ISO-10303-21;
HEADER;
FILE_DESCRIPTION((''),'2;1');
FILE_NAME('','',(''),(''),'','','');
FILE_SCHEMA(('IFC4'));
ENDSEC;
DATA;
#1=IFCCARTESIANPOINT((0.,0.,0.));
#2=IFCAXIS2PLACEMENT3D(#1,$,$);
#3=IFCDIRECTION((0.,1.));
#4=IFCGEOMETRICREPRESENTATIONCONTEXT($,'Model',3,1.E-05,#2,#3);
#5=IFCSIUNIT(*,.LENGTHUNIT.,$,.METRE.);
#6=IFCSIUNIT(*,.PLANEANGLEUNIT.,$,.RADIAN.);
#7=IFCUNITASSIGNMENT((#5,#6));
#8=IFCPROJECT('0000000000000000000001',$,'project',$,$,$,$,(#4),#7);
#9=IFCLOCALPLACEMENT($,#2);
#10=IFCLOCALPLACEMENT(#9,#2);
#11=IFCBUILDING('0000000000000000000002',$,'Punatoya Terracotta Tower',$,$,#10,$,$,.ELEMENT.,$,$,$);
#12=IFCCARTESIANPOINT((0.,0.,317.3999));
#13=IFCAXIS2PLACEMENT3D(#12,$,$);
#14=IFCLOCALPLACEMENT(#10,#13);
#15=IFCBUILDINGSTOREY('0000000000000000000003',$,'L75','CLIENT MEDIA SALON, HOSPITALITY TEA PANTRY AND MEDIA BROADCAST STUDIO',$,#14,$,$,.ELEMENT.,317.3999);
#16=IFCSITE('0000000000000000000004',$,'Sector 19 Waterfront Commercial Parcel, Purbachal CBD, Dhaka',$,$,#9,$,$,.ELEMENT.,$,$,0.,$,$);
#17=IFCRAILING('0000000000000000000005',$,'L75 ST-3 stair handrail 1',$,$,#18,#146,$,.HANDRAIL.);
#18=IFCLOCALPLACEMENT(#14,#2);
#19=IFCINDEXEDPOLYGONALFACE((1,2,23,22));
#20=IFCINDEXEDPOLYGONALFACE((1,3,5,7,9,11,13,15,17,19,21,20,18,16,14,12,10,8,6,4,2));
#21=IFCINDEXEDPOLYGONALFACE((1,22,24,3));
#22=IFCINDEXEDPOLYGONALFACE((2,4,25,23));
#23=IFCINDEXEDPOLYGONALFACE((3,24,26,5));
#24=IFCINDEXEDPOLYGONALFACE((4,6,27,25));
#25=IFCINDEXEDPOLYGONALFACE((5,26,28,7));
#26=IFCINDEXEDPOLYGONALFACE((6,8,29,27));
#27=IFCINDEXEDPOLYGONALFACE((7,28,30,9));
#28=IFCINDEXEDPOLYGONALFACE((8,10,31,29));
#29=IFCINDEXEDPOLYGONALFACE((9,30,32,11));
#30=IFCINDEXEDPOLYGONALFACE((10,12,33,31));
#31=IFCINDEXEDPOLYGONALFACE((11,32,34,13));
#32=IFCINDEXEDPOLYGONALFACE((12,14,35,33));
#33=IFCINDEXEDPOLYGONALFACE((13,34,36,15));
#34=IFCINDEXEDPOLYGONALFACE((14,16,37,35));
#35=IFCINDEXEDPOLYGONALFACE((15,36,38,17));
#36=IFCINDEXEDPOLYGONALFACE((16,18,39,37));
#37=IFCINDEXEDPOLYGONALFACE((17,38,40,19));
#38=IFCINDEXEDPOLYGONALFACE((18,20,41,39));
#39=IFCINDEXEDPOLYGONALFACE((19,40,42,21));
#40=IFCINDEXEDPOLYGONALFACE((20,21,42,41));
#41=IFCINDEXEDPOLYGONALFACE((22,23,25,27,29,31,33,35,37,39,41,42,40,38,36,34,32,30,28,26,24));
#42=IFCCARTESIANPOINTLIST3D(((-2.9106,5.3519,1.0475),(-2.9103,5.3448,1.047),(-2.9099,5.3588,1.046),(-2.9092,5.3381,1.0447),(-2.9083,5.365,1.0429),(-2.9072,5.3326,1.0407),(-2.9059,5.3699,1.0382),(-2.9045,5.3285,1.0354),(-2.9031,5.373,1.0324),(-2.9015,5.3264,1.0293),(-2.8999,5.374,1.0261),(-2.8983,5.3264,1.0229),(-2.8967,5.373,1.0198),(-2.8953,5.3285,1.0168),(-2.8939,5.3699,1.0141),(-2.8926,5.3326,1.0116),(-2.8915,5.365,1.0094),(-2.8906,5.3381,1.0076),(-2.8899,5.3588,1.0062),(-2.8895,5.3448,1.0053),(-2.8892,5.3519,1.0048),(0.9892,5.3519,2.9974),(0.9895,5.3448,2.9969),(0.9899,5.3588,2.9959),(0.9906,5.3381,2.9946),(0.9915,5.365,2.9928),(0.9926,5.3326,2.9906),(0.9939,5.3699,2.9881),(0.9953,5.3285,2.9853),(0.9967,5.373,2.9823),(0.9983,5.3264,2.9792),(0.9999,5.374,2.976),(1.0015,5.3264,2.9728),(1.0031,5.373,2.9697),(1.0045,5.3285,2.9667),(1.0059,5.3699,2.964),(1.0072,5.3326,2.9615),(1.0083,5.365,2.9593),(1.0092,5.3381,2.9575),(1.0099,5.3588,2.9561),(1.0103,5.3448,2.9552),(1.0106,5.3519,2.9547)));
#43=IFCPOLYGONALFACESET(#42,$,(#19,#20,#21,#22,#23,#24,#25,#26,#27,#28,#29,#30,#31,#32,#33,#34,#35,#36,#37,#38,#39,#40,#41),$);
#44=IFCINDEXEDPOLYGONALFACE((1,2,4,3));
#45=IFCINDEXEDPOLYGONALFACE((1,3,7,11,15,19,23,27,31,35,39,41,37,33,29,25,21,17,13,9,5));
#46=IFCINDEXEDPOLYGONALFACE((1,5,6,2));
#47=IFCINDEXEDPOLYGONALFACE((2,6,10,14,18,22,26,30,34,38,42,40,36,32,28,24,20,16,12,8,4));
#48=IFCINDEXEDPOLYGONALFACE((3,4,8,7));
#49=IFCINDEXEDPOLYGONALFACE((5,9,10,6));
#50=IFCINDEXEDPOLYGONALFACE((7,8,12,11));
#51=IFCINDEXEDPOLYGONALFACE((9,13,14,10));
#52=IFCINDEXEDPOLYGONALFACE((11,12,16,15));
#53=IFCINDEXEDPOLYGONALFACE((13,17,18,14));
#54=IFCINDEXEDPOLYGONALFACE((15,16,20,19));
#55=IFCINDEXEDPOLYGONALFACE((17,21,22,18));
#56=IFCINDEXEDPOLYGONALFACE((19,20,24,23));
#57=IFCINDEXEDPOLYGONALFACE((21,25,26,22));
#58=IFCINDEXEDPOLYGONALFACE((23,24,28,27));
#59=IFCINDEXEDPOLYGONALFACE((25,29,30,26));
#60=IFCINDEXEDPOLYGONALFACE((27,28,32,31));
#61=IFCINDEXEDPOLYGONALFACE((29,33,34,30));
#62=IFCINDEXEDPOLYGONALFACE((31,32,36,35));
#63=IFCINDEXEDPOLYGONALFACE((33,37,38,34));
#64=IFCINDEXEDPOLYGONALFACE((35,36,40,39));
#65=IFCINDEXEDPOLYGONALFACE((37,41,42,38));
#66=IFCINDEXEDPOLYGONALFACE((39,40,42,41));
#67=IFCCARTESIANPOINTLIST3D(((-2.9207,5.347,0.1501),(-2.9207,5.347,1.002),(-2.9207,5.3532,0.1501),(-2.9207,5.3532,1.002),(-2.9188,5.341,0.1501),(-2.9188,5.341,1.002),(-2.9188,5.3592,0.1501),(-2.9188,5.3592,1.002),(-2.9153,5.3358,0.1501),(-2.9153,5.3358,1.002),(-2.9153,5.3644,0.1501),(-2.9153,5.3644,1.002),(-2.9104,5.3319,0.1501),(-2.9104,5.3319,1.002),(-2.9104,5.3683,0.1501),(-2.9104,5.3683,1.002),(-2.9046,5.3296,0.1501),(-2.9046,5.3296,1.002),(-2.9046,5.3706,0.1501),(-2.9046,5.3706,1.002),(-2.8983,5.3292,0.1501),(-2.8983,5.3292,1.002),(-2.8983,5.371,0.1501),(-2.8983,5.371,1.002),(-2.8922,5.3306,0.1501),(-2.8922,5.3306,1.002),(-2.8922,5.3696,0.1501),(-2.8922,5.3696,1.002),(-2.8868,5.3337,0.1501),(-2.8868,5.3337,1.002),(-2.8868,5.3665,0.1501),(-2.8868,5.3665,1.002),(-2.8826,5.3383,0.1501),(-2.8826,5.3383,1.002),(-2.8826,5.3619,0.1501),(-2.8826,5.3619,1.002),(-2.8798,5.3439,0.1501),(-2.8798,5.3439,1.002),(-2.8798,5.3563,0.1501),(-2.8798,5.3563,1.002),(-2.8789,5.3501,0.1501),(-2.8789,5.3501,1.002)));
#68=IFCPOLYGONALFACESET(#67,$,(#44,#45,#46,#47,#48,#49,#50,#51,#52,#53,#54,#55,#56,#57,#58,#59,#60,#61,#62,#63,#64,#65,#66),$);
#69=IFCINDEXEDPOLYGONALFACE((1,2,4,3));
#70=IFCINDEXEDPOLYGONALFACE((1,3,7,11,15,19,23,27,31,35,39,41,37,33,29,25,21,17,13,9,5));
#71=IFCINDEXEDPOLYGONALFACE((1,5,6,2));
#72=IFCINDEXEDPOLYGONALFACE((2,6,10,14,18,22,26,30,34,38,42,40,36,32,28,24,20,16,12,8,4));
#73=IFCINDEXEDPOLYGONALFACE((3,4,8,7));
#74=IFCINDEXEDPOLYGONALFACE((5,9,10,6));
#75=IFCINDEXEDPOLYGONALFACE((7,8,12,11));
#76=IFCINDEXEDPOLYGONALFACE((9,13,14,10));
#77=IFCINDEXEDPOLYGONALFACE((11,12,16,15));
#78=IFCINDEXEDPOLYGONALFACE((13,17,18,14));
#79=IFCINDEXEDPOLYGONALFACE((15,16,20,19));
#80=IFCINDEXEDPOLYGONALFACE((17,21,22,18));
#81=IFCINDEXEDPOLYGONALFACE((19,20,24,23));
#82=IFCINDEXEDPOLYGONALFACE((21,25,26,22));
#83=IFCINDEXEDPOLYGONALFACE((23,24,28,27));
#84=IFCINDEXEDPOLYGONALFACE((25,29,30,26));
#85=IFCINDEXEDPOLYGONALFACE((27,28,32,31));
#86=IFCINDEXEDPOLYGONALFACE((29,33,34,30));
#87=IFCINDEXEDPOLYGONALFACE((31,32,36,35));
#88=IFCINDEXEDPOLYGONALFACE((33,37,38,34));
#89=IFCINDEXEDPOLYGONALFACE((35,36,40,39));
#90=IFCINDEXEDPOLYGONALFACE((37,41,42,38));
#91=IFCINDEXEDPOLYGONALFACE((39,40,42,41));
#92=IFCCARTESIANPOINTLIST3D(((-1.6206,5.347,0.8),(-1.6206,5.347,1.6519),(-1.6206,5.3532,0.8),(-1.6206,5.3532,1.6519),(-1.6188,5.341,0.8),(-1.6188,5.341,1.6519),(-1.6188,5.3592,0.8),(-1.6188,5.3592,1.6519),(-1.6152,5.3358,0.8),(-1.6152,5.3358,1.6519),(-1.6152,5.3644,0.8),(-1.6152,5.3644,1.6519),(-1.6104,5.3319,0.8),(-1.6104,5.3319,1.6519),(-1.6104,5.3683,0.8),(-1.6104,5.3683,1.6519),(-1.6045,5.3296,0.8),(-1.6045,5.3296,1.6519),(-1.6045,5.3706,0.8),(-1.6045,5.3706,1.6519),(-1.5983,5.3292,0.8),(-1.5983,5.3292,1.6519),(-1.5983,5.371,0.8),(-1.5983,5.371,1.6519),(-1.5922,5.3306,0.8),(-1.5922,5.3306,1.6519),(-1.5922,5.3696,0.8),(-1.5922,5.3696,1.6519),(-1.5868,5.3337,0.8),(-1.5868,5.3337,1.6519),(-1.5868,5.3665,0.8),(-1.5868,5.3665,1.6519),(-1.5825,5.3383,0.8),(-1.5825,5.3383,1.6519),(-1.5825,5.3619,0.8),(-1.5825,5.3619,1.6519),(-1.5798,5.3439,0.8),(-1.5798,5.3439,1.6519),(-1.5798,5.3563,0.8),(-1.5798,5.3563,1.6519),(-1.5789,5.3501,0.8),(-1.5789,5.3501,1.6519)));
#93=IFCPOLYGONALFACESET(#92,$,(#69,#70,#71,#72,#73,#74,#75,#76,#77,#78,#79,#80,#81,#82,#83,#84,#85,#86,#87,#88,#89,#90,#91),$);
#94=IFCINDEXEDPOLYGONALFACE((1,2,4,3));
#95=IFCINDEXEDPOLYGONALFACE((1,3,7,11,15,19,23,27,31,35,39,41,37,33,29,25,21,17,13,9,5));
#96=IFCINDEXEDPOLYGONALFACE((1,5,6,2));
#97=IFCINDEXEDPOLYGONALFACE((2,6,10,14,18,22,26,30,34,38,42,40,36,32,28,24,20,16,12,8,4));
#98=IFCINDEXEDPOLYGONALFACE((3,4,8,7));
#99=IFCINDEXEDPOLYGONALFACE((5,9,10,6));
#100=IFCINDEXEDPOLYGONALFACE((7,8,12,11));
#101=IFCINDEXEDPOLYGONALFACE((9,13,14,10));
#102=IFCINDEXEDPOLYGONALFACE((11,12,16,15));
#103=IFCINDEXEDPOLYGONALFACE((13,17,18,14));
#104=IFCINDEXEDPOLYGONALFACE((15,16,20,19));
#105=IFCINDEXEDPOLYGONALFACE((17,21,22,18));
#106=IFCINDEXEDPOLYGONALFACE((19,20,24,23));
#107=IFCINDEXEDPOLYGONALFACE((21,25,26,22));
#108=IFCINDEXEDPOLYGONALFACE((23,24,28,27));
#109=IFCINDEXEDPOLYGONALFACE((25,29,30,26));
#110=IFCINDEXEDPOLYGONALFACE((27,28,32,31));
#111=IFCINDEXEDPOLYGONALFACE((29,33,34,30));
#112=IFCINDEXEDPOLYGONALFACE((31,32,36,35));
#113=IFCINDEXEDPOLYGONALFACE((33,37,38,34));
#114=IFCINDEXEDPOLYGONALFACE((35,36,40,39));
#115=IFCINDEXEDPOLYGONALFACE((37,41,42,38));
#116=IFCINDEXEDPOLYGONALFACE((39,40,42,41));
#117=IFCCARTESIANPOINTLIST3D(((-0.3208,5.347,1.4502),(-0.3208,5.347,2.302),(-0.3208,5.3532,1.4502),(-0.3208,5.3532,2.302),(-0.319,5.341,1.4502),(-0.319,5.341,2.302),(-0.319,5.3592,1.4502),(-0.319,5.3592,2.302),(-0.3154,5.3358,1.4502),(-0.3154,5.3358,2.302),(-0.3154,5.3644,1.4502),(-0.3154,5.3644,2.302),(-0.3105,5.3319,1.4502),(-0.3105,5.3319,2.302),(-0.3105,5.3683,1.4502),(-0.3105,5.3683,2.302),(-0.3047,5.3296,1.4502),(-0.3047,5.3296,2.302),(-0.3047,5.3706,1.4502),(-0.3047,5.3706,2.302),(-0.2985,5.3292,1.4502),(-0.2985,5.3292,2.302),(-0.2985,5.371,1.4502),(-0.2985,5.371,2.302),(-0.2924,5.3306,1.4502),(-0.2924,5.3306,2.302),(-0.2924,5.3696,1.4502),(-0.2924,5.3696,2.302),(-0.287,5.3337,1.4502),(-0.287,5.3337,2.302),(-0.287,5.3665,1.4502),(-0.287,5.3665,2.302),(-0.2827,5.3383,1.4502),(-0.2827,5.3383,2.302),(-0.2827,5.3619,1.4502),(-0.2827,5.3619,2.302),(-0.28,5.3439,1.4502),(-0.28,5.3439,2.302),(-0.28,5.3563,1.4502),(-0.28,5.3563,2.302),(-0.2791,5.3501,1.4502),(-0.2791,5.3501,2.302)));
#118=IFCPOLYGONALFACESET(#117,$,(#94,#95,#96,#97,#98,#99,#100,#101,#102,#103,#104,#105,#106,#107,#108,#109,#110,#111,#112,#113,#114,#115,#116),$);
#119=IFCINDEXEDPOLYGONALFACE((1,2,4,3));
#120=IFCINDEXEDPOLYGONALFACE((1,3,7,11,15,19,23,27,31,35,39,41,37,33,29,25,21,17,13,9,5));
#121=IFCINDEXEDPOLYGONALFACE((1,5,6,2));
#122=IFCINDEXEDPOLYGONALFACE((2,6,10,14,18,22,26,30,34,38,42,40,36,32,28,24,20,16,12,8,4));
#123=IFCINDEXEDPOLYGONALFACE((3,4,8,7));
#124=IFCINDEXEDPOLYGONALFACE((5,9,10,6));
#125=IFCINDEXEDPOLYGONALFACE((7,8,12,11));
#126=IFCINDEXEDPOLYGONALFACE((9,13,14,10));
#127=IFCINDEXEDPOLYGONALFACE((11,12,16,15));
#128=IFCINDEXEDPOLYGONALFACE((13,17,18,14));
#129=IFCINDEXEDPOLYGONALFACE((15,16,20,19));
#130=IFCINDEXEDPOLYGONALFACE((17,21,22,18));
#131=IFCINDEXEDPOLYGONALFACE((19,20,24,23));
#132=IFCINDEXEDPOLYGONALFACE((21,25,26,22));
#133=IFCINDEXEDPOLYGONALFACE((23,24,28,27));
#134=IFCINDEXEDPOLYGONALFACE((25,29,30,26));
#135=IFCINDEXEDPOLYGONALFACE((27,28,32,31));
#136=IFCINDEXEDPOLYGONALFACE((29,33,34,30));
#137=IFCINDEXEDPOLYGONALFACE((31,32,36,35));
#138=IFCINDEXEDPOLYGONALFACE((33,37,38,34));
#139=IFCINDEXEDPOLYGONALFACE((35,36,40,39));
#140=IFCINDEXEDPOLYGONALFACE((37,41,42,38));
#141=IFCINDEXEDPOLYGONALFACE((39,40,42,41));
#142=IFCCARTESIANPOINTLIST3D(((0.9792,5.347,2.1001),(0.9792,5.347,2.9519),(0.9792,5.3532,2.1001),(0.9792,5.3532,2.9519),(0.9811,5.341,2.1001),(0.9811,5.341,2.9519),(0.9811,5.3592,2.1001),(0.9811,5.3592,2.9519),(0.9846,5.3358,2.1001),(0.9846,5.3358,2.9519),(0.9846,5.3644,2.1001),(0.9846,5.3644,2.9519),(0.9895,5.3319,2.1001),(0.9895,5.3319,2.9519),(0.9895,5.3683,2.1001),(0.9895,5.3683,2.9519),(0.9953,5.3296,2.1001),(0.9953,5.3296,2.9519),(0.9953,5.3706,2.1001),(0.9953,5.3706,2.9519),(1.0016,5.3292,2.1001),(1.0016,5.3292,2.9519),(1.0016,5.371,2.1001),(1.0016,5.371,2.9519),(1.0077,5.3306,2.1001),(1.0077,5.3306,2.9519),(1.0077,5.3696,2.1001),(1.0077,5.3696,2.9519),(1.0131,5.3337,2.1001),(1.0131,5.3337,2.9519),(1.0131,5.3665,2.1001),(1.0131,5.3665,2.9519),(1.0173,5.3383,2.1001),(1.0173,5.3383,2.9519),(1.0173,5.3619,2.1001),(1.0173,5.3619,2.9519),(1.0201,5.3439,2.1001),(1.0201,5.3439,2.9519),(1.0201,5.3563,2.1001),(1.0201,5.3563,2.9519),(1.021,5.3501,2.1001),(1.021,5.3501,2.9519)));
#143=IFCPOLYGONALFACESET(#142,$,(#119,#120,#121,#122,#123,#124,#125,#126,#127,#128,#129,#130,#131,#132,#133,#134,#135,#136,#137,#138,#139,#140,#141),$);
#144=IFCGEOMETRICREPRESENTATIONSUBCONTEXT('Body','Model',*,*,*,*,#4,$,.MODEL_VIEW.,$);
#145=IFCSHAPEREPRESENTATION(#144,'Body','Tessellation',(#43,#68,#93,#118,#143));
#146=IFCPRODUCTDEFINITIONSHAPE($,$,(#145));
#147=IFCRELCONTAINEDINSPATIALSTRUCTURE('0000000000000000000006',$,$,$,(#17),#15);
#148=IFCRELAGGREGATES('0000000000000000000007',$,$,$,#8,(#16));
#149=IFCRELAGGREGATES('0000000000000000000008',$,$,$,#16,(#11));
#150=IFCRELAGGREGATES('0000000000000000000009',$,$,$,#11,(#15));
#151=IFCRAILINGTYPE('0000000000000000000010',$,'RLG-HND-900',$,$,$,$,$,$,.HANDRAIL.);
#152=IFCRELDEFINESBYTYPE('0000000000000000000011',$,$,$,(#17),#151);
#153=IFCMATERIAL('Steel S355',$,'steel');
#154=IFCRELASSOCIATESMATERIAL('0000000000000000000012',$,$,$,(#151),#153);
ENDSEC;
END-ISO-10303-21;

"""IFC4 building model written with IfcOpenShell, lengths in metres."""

from ifc_helpers import new_model, si_unit, direction, frame, origin, origin_2d, place, context, subcontext, project, spatial, circle, extrude, material, type_object, element, save


model = new_model("IFC4")

# Units and contexts
model_context = context("Model", 3, precision=1e-05, world=origin(), true_north=direction((0.0, 1.0)))
body_context = subcontext(model_context, "Body", "Model", "MODEL_VIEW")
ifc_project = project(units=[si_unit("LENGTHUNIT", "METRE"), si_unit("PLANEANGLEUNIT", "RADIAN")], contexts=[model_context])

# Site, building, storey
site_placement = place(None, origin())
site = spatial("IfcSite", under=ifc_project, at=site_placement, Name="Sector 19 Waterfront Commercial Parcel, Purbachal CBD, Dhaka", CompositionType="ELEMENT", RefElevation=0.0)
building_placement = place(site_placement, origin())
building = spatial("IfcBuilding", under=site, at=building_placement, Name="Punatoya Terracotta Tower", CompositionType="ELEMENT")
storey_placement = place(building_placement, frame((0.0, 0.0, 317.3999)))
storey = spatial("IfcBuildingStorey", under=building, at=storey_placement, Name="L75", Description="CLIENT MEDIA SALON, HOSPITALITY TEA PANTRY AND MEDIA BROADCAST STUDIO", CompositionType="ELEMENT", Elevation=317.3999)

# Railing
ifc_material_1 = material(Name="Steel S355", Category="steel")
railing_type_1 = type_object("IfcRailingType", Name="RLG-HND-900", PredefinedType="HANDRAIL", material=ifc_material_1)
railing_1_placement = place(storey_placement, frame((-2.8999, 5.3501, 0.1501)))
element("IfcRailing", 1, at=railing_1_placement, inside=storey, type_object=railing_type_1, Name="L75 ST-3 stair handrail 1", PredefinedType="HANDRAIL", context=body_context, shape_type="SweptSolid", body=[
    extrude(circle(Radius=0.0239, at=origin_2d()), frame((0.0, 0.0, 0.876), z_axis=(0.894427, 0.0, 0.447214), x_axis=(0.0, 1.0, 0.0)), (0.0, 0.0, 1.0), 4.3601),
    extrude(circle(Radius=0.021, at=origin_2d()), origin(), (0.0, 0.0, 1.0), 0.8518),
    extrude(circle(Radius=0.021, at=origin_2d()), frame((1.3, 0.0, 0.6499)), (0.0, 0.0, 1.0), 0.8518),
    extrude(circle(Radius=0.021, at=origin_2d()), frame((2.5999, 0.0, 1.3)), (0.0, 0.0, 1.0), 0.8518),
    extrude(circle(Radius=0.021, at=origin_2d()), frame((3.8999, 0.0, 1.95)), (0.0, 0.0, 1.0), 0.8518),
])

save(model, "model.ifc")
